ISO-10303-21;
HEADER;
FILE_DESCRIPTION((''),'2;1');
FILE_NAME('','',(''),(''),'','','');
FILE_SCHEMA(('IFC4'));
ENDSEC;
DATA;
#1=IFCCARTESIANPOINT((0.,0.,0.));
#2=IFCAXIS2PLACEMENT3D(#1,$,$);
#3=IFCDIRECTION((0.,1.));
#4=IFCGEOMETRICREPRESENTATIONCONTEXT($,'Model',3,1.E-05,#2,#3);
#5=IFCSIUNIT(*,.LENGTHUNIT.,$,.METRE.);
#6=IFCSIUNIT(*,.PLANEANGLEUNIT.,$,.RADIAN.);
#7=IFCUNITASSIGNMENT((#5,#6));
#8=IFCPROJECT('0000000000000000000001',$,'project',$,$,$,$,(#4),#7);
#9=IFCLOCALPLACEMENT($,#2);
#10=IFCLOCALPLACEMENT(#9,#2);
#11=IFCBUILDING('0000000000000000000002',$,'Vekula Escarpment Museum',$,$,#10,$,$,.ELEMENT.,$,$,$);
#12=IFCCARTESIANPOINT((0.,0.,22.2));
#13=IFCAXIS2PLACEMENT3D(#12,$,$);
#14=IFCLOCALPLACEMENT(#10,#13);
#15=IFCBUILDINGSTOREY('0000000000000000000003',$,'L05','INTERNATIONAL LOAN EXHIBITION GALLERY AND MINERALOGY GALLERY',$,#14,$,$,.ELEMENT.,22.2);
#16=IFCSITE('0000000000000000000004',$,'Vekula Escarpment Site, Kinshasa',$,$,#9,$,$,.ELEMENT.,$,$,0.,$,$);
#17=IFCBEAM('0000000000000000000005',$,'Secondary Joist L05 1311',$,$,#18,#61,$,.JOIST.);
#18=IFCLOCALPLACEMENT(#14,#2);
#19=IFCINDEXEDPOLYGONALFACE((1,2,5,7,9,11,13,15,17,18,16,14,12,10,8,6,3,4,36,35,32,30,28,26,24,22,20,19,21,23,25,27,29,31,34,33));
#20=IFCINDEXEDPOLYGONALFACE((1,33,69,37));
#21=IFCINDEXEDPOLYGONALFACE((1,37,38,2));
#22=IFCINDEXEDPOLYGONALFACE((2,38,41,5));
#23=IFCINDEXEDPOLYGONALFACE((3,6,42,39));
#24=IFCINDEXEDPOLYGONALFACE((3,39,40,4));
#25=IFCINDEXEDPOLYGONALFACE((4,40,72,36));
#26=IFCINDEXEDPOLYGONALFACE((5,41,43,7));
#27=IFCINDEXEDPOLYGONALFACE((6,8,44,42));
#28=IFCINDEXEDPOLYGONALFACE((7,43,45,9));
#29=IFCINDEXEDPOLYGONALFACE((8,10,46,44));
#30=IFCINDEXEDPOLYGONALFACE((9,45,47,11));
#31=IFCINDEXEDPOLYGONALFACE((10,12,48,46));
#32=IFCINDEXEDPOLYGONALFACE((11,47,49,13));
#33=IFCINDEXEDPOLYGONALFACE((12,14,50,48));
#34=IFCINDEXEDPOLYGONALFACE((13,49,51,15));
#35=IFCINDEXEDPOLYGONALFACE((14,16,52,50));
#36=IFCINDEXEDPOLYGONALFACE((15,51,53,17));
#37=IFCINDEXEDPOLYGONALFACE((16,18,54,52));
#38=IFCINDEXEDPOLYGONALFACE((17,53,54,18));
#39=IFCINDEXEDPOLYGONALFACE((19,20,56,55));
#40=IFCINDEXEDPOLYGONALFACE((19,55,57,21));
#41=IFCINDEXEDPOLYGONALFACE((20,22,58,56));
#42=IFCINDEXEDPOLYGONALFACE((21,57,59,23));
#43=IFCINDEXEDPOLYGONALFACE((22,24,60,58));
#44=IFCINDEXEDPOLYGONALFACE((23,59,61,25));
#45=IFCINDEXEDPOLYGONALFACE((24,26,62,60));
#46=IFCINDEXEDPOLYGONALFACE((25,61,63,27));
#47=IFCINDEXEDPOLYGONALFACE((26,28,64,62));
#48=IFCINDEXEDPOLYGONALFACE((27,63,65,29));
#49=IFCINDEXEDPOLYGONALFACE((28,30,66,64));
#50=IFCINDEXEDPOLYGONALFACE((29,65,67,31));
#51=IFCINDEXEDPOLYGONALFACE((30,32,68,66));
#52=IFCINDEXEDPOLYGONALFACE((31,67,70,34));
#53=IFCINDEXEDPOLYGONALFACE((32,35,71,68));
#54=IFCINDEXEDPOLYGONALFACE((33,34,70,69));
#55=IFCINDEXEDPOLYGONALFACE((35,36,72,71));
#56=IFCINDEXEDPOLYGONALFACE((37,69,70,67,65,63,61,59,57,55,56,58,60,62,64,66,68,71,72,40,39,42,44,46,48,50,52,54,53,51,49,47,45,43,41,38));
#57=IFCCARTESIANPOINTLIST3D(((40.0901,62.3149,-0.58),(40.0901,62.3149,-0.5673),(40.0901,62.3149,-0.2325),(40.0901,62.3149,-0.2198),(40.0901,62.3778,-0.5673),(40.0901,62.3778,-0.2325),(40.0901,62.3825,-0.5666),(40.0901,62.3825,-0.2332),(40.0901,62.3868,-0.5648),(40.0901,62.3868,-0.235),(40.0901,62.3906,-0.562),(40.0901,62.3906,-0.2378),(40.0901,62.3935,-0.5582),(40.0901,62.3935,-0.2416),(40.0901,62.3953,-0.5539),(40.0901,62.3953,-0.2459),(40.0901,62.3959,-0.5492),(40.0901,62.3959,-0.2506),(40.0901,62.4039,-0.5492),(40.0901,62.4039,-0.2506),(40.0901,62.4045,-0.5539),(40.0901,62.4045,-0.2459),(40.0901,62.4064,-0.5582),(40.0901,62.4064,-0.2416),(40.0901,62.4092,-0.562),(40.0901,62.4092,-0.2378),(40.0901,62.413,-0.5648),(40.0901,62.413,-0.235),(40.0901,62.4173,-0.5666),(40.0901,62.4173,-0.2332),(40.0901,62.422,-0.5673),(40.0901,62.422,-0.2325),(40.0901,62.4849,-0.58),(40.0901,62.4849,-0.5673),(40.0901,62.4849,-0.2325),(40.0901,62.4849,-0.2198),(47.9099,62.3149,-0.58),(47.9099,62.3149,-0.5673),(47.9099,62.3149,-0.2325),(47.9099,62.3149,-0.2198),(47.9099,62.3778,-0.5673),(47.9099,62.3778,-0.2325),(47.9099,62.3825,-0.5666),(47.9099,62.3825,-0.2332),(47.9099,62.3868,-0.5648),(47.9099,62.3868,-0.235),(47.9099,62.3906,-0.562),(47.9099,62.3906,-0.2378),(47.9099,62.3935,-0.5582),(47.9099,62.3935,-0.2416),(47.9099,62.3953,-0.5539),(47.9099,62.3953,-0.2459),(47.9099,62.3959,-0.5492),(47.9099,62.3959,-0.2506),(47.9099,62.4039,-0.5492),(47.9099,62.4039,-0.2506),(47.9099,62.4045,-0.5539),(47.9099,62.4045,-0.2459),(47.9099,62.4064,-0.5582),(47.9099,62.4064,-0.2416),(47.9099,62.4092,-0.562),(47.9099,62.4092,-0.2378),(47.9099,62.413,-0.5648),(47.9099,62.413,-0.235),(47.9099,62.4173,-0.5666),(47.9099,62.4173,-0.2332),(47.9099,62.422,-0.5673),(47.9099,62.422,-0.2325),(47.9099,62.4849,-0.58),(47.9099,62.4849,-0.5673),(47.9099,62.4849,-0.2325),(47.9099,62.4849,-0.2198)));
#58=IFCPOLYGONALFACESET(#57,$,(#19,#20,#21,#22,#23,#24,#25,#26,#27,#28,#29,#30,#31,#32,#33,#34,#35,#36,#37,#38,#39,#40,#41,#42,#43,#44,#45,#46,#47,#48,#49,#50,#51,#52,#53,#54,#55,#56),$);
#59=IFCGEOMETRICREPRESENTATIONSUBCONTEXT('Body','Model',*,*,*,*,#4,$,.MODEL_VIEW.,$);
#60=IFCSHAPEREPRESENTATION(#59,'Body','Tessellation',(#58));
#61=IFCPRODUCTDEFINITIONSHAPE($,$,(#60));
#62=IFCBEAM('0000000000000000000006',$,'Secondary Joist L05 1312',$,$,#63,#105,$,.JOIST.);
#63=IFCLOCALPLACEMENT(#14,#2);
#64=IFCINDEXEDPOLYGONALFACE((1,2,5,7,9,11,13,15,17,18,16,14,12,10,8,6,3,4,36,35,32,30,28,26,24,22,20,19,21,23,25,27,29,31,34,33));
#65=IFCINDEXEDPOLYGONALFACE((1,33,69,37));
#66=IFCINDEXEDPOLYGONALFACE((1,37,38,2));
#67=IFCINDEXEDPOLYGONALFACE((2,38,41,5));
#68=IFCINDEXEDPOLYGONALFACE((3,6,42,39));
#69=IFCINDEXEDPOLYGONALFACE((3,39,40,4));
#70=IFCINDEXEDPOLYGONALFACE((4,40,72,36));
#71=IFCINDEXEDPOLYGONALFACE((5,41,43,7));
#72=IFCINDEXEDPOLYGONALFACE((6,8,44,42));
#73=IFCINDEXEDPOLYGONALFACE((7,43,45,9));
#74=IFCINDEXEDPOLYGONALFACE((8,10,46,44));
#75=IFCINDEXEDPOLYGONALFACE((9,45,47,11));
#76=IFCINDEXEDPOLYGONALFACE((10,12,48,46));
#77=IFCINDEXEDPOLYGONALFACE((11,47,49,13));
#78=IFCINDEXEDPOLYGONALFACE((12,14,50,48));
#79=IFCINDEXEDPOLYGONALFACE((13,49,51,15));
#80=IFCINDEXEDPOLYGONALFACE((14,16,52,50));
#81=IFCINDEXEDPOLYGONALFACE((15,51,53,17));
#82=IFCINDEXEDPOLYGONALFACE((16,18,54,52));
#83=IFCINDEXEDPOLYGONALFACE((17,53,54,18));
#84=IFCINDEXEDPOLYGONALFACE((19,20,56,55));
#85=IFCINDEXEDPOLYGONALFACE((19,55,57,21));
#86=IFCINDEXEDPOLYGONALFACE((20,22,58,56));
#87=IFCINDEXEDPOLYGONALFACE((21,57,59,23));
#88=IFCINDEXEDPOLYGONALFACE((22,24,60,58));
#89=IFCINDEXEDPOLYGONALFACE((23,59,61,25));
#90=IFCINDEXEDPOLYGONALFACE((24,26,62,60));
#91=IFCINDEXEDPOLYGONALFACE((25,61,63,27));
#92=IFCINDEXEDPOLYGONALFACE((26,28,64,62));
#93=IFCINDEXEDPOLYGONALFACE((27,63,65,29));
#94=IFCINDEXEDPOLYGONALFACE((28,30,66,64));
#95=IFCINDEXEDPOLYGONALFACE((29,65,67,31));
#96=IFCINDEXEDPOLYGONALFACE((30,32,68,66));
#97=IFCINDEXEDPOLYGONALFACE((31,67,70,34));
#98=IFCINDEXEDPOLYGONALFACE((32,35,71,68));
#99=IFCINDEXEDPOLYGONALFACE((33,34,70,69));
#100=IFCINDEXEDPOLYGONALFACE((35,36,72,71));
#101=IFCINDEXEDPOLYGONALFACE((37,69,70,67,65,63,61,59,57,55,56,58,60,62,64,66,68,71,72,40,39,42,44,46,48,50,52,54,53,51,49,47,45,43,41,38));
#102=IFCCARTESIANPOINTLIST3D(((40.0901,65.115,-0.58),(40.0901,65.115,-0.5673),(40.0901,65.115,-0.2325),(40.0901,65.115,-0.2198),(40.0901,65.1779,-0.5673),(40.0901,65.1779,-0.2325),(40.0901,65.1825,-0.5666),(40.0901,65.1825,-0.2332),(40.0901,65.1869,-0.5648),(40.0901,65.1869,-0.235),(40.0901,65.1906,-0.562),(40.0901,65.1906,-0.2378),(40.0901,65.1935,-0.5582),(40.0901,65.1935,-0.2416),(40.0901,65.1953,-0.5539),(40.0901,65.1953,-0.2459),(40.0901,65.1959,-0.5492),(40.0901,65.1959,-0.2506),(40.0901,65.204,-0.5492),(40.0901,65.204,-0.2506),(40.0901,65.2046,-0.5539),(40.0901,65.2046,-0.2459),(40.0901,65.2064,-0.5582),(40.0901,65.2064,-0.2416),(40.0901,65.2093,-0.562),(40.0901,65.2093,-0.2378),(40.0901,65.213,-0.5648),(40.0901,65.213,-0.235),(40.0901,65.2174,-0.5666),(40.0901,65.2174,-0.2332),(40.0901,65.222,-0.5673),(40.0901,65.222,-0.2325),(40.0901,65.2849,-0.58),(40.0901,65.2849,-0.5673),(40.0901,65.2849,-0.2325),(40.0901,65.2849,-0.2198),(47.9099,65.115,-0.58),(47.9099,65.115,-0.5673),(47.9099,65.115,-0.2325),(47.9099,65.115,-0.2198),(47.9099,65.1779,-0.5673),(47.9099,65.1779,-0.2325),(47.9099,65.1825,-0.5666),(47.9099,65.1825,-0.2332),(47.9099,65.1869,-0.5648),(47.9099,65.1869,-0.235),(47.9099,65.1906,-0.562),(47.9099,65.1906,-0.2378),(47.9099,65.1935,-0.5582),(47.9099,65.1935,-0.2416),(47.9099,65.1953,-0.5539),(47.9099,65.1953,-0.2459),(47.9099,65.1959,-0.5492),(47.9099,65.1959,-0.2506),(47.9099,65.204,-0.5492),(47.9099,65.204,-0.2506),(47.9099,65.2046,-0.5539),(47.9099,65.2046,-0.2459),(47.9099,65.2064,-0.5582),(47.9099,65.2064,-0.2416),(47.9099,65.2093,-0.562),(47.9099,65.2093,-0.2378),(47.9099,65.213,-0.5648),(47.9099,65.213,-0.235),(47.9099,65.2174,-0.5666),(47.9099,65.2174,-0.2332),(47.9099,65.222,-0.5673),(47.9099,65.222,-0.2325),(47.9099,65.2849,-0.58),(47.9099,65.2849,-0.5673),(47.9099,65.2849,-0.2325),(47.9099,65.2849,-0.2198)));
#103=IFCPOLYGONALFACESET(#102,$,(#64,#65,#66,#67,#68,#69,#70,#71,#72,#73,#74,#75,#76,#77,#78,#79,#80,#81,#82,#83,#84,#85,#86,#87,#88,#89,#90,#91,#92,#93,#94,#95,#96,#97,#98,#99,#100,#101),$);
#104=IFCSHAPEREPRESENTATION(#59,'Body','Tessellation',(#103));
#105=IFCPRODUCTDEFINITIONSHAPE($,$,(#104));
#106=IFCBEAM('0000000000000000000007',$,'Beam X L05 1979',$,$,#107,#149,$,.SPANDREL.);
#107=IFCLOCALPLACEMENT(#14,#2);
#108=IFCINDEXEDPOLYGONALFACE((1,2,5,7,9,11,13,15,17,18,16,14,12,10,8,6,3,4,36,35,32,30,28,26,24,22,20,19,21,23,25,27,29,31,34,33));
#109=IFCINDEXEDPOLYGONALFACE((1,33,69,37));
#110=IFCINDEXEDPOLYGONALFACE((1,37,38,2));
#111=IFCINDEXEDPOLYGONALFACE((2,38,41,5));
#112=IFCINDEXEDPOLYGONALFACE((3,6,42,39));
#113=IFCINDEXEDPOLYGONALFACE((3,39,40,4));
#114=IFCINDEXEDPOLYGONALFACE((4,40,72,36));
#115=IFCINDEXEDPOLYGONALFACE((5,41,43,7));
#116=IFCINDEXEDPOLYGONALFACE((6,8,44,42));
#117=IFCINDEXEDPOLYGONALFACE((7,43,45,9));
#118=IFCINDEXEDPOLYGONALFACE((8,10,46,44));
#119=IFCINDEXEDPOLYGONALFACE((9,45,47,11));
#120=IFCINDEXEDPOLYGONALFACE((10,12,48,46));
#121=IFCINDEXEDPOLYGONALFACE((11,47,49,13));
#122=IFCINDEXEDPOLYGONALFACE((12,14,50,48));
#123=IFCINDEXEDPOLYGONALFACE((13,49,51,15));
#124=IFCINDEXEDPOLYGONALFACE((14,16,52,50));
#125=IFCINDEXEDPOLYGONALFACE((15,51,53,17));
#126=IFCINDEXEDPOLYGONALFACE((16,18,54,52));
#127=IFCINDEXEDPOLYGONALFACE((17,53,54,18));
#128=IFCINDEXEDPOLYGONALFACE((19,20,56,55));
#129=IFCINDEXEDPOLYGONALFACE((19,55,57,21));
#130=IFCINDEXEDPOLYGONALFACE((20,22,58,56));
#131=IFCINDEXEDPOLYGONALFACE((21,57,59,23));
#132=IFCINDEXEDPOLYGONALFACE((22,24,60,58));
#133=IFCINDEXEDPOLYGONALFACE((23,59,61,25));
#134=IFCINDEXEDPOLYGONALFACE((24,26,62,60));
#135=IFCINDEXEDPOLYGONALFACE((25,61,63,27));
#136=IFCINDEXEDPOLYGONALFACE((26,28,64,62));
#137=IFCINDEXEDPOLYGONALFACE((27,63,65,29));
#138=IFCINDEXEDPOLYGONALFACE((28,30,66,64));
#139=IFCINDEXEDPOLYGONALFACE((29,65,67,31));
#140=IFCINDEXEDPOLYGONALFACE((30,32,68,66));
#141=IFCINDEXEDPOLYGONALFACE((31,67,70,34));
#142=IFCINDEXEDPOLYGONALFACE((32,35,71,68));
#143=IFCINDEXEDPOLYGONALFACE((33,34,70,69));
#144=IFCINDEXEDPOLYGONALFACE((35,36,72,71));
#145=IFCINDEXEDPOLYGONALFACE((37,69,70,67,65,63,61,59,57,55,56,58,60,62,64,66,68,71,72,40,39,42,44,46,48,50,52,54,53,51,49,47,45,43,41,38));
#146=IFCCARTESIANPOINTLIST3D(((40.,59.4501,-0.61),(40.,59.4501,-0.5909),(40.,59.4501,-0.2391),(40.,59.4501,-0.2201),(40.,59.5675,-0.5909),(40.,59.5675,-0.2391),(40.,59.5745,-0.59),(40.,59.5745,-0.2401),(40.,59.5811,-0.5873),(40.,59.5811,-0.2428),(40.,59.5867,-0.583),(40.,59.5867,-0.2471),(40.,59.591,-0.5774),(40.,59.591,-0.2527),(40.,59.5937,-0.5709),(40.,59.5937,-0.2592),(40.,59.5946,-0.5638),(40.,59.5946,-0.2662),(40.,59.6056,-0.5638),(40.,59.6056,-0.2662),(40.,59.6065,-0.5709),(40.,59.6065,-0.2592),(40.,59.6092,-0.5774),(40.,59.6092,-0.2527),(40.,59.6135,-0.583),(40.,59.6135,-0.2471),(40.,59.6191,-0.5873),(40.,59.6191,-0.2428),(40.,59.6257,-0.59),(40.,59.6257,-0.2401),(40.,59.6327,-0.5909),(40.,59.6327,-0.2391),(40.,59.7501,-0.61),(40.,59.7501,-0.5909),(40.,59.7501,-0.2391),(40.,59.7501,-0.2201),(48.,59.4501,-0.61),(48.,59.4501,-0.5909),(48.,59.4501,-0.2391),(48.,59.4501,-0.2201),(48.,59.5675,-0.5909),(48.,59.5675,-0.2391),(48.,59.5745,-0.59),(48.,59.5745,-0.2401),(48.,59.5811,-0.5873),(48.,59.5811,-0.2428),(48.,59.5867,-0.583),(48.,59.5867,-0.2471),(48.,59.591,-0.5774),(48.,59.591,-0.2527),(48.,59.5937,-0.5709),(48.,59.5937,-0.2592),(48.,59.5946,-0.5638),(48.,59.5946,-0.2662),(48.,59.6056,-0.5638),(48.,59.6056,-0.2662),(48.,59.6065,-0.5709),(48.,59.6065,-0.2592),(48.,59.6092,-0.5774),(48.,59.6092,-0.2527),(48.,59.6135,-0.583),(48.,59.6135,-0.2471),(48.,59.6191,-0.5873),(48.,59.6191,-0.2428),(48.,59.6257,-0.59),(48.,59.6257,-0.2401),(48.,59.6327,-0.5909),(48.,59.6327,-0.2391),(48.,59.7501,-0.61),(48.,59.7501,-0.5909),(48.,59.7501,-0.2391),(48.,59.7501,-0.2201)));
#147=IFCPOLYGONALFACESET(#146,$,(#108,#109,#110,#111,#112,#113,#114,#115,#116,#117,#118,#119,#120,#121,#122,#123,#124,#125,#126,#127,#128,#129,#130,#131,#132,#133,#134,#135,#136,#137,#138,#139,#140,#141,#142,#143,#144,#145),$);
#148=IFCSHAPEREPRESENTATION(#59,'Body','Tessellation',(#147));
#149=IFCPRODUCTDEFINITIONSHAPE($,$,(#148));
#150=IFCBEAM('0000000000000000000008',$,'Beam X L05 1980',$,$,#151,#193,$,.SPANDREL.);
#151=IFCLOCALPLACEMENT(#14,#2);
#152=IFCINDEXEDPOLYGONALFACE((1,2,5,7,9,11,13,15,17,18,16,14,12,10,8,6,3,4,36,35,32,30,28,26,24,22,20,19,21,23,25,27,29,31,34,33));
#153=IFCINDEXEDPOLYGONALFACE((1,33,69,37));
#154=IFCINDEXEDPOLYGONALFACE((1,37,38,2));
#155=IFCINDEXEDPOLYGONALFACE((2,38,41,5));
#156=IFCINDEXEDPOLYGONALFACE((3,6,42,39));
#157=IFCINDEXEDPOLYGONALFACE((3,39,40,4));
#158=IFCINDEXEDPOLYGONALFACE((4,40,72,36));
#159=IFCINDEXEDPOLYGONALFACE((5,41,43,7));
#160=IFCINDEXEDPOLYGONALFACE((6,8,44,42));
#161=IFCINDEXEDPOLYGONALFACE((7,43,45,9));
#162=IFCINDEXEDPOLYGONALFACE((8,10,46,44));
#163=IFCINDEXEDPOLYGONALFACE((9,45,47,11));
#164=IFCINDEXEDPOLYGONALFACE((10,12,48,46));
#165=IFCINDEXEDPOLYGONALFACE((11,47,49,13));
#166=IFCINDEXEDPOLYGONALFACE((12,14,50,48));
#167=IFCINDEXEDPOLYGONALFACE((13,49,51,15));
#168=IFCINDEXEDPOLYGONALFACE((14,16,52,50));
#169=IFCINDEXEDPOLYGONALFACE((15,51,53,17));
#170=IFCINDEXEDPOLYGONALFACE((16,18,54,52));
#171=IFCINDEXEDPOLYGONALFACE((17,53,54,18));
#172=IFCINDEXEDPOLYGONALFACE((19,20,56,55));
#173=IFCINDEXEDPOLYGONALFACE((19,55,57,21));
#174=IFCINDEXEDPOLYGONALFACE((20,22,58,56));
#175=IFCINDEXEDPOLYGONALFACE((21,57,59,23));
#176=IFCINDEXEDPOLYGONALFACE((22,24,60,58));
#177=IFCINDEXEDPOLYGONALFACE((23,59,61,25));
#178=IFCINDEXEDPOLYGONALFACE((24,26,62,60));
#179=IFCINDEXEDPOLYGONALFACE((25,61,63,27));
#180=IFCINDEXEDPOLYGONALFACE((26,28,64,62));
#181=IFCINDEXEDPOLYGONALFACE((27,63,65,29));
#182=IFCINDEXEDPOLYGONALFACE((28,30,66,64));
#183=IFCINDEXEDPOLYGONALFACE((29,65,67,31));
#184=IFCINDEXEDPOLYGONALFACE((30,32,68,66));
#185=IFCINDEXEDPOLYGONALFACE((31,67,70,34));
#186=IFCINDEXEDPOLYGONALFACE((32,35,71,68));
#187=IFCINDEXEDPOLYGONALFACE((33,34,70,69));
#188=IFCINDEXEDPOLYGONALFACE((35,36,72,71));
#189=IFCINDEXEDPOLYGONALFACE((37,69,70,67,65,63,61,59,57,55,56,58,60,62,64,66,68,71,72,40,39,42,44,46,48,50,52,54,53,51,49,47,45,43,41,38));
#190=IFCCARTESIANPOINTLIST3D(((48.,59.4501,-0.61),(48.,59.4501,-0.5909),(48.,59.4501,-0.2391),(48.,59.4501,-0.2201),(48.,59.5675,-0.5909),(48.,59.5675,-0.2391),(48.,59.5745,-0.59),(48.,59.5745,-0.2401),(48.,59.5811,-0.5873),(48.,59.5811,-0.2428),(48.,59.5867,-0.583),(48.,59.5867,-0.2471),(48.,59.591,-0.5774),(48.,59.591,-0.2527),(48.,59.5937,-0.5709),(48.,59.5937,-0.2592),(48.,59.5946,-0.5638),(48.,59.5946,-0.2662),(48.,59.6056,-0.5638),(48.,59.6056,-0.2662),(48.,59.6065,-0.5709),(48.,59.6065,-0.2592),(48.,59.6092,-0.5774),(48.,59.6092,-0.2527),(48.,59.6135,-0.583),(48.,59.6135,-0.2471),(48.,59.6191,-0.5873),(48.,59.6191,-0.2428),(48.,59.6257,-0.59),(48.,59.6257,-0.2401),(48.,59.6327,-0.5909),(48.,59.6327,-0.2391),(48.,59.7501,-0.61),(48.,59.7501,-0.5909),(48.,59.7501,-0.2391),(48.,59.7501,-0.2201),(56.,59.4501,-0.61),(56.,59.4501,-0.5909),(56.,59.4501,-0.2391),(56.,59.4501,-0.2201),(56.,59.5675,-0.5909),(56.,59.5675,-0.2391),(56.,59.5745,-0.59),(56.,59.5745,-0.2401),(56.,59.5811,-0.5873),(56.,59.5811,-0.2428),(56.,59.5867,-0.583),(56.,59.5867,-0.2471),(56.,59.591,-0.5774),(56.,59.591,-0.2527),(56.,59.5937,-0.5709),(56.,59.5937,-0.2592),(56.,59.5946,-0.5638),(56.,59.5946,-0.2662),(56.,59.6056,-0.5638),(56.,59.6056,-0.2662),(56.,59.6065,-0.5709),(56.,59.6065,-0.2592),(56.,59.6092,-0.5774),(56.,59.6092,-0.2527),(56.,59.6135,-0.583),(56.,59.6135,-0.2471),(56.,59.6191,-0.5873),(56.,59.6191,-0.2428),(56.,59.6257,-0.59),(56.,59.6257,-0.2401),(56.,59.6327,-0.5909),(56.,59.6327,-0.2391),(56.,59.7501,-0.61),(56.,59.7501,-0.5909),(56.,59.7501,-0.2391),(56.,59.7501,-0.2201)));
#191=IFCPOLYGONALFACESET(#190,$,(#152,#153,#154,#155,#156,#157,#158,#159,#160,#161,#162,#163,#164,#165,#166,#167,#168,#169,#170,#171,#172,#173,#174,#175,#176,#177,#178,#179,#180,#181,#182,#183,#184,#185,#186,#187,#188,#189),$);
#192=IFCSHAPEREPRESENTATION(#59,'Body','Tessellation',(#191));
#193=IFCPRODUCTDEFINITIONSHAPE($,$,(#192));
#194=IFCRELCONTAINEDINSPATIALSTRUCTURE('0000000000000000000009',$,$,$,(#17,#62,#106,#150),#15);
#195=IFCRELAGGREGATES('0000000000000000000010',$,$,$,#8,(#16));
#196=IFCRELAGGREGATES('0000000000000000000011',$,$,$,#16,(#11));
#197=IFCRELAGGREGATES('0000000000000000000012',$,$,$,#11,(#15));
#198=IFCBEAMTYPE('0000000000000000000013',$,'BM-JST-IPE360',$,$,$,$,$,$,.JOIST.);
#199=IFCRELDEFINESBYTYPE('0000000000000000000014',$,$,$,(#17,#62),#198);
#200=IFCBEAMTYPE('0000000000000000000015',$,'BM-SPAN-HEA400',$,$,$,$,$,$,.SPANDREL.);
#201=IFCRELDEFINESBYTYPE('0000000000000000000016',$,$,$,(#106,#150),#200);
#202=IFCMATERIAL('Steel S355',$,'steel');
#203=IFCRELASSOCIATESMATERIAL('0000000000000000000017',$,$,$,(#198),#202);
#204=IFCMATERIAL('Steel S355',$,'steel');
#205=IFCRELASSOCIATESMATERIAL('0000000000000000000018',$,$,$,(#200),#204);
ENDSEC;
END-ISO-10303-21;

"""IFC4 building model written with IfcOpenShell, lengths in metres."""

from ifc_helpers import new_model, si_unit, direction, frame, origin, origin_2d, place, context, subcontext, project, spatial, i_section, extrude, material, material_profile, profile_set, type_object, element, save


model = new_model("IFC4")

# Units and contexts
model_context = context("Model", 3, precision=1e-05, world=origin(), true_north=direction((0.0, 1.0)))
body_context = subcontext(model_context, "Body", "Model", "MODEL_VIEW")
ifc_project = project(units=[si_unit("LENGTHUNIT", "METRE"), si_unit("PLANEANGLEUNIT", "RADIAN")], contexts=[model_context])

# Site, building, storey
site_placement = place(None, origin())
site = spatial("IfcSite", under=ifc_project, at=site_placement, Name="Vekula Escarpment Site, Kinshasa", CompositionType="ELEMENT", RefElevation=0.0)
building_placement = place(site_placement, origin())
building = spatial("IfcBuilding", under=site, at=building_placement, Name="Vekula Escarpment Museum", CompositionType="ELEMENT")
storey_placement = place(building_placement, frame((0.0, 0.0, 22.2)))
storey = spatial("IfcBuildingStorey", under=building, at=storey_placement, Name="L05", Description="INTERNATIONAL LOAN EXHIBITION GALLERY AND MINERALOGY GALLERY", CompositionType="ELEMENT", Elevation=22.2)

# Beams
ifc_material_1 = material(Name="Steel S355", Category="steel")
ifc_material_profile_1 = material_profile(ifc_material_1, i_section(OverallWidth=0.1699, OverallDepth=0.3601, WebThickness=0.0081, FlangeThickness=0.0127, FilletRadius=0.0181, at=origin_2d()), Name="IPE 360")
ifc_profile_set_1 = profile_set([ifc_material_profile_1], Name="Steel S355")
beam_type_1 = type_object("IfcBeamType", Name="BM-JST-IPE360", PredefinedType="JOIST", material=ifc_profile_set_1)
for number, where, z_axis, x_axis, name in (
    (1, (40.0901, 62.3999, -0.3999), (1.0, 0.0, 0.0), (0.0, 1.0, 0.0), "Secondary Joist L05 1311"),
    (2, (40.0901, 65.2, -0.3999), (1.0, 0.0, 0.0), (0.0, 1.0, 0.0), "Secondary Joist L05 1312"),
):
    element("IfcBeam", number, at=place(storey_placement, frame(where, z_axis=z_axis, x_axis=x_axis)), inside=storey, type_object=beam_type_1, Name=name, PredefinedType="JOIST", context=body_context, shape_type="SweptSolid", body=[
        extrude(i_section(OverallWidth=0.1699, OverallDepth=0.3601, WebThickness=0.0081, FlangeThickness=0.0127, FilletRadius=0.0181, at=origin_2d()), origin(), (0.0, 0.0, 1.0), 7.8198),
    ])
ifc_material_2 = material(Name="Steel S355", Category="steel")
ifc_material_profile_2 = material_profile(ifc_material_2, i_section(OverallWidth=0.3, OverallDepth=0.3899, WebThickness=0.011, FlangeThickness=0.019, FilletRadius=0.0271, at=origin_2d()), Name="HEA 400")
ifc_profile_set_2 = profile_set([ifc_material_profile_2], Name="Steel S355")
beam_type_2 = type_object("IfcBeamType", Name="BM-SPAN-HEA400", PredefinedType="SPANDREL", material=ifc_profile_set_2)
for number, where, z_axis, x_axis, name in (
    (3, (40.0, 59.6001, -0.415), (1.0, 0.0, 0.0), (0.0, 1.0, 0.0), "Beam X L05 1979"),
    (4, (48.0, 59.6001, -0.415), (1.0, 0.0, 0.0), (0.0, 1.0, 0.0), "Beam X L05 1980"),
):
    element("IfcBeam", number, at=place(storey_placement, frame(where, z_axis=z_axis, x_axis=x_axis)), inside=storey, type_object=beam_type_2, Name=name, PredefinedType="SPANDREL", context=body_context, shape_type="SweptSolid", body=[
        extrude(i_section(OverallWidth=0.3, OverallDepth=0.3899, WebThickness=0.011, FlangeThickness=0.019, FilletRadius=0.0271, at=origin_2d()), origin(), (0.0, 0.0, 1.0), 8.0),
    ])

save(model, "model.ifc")
